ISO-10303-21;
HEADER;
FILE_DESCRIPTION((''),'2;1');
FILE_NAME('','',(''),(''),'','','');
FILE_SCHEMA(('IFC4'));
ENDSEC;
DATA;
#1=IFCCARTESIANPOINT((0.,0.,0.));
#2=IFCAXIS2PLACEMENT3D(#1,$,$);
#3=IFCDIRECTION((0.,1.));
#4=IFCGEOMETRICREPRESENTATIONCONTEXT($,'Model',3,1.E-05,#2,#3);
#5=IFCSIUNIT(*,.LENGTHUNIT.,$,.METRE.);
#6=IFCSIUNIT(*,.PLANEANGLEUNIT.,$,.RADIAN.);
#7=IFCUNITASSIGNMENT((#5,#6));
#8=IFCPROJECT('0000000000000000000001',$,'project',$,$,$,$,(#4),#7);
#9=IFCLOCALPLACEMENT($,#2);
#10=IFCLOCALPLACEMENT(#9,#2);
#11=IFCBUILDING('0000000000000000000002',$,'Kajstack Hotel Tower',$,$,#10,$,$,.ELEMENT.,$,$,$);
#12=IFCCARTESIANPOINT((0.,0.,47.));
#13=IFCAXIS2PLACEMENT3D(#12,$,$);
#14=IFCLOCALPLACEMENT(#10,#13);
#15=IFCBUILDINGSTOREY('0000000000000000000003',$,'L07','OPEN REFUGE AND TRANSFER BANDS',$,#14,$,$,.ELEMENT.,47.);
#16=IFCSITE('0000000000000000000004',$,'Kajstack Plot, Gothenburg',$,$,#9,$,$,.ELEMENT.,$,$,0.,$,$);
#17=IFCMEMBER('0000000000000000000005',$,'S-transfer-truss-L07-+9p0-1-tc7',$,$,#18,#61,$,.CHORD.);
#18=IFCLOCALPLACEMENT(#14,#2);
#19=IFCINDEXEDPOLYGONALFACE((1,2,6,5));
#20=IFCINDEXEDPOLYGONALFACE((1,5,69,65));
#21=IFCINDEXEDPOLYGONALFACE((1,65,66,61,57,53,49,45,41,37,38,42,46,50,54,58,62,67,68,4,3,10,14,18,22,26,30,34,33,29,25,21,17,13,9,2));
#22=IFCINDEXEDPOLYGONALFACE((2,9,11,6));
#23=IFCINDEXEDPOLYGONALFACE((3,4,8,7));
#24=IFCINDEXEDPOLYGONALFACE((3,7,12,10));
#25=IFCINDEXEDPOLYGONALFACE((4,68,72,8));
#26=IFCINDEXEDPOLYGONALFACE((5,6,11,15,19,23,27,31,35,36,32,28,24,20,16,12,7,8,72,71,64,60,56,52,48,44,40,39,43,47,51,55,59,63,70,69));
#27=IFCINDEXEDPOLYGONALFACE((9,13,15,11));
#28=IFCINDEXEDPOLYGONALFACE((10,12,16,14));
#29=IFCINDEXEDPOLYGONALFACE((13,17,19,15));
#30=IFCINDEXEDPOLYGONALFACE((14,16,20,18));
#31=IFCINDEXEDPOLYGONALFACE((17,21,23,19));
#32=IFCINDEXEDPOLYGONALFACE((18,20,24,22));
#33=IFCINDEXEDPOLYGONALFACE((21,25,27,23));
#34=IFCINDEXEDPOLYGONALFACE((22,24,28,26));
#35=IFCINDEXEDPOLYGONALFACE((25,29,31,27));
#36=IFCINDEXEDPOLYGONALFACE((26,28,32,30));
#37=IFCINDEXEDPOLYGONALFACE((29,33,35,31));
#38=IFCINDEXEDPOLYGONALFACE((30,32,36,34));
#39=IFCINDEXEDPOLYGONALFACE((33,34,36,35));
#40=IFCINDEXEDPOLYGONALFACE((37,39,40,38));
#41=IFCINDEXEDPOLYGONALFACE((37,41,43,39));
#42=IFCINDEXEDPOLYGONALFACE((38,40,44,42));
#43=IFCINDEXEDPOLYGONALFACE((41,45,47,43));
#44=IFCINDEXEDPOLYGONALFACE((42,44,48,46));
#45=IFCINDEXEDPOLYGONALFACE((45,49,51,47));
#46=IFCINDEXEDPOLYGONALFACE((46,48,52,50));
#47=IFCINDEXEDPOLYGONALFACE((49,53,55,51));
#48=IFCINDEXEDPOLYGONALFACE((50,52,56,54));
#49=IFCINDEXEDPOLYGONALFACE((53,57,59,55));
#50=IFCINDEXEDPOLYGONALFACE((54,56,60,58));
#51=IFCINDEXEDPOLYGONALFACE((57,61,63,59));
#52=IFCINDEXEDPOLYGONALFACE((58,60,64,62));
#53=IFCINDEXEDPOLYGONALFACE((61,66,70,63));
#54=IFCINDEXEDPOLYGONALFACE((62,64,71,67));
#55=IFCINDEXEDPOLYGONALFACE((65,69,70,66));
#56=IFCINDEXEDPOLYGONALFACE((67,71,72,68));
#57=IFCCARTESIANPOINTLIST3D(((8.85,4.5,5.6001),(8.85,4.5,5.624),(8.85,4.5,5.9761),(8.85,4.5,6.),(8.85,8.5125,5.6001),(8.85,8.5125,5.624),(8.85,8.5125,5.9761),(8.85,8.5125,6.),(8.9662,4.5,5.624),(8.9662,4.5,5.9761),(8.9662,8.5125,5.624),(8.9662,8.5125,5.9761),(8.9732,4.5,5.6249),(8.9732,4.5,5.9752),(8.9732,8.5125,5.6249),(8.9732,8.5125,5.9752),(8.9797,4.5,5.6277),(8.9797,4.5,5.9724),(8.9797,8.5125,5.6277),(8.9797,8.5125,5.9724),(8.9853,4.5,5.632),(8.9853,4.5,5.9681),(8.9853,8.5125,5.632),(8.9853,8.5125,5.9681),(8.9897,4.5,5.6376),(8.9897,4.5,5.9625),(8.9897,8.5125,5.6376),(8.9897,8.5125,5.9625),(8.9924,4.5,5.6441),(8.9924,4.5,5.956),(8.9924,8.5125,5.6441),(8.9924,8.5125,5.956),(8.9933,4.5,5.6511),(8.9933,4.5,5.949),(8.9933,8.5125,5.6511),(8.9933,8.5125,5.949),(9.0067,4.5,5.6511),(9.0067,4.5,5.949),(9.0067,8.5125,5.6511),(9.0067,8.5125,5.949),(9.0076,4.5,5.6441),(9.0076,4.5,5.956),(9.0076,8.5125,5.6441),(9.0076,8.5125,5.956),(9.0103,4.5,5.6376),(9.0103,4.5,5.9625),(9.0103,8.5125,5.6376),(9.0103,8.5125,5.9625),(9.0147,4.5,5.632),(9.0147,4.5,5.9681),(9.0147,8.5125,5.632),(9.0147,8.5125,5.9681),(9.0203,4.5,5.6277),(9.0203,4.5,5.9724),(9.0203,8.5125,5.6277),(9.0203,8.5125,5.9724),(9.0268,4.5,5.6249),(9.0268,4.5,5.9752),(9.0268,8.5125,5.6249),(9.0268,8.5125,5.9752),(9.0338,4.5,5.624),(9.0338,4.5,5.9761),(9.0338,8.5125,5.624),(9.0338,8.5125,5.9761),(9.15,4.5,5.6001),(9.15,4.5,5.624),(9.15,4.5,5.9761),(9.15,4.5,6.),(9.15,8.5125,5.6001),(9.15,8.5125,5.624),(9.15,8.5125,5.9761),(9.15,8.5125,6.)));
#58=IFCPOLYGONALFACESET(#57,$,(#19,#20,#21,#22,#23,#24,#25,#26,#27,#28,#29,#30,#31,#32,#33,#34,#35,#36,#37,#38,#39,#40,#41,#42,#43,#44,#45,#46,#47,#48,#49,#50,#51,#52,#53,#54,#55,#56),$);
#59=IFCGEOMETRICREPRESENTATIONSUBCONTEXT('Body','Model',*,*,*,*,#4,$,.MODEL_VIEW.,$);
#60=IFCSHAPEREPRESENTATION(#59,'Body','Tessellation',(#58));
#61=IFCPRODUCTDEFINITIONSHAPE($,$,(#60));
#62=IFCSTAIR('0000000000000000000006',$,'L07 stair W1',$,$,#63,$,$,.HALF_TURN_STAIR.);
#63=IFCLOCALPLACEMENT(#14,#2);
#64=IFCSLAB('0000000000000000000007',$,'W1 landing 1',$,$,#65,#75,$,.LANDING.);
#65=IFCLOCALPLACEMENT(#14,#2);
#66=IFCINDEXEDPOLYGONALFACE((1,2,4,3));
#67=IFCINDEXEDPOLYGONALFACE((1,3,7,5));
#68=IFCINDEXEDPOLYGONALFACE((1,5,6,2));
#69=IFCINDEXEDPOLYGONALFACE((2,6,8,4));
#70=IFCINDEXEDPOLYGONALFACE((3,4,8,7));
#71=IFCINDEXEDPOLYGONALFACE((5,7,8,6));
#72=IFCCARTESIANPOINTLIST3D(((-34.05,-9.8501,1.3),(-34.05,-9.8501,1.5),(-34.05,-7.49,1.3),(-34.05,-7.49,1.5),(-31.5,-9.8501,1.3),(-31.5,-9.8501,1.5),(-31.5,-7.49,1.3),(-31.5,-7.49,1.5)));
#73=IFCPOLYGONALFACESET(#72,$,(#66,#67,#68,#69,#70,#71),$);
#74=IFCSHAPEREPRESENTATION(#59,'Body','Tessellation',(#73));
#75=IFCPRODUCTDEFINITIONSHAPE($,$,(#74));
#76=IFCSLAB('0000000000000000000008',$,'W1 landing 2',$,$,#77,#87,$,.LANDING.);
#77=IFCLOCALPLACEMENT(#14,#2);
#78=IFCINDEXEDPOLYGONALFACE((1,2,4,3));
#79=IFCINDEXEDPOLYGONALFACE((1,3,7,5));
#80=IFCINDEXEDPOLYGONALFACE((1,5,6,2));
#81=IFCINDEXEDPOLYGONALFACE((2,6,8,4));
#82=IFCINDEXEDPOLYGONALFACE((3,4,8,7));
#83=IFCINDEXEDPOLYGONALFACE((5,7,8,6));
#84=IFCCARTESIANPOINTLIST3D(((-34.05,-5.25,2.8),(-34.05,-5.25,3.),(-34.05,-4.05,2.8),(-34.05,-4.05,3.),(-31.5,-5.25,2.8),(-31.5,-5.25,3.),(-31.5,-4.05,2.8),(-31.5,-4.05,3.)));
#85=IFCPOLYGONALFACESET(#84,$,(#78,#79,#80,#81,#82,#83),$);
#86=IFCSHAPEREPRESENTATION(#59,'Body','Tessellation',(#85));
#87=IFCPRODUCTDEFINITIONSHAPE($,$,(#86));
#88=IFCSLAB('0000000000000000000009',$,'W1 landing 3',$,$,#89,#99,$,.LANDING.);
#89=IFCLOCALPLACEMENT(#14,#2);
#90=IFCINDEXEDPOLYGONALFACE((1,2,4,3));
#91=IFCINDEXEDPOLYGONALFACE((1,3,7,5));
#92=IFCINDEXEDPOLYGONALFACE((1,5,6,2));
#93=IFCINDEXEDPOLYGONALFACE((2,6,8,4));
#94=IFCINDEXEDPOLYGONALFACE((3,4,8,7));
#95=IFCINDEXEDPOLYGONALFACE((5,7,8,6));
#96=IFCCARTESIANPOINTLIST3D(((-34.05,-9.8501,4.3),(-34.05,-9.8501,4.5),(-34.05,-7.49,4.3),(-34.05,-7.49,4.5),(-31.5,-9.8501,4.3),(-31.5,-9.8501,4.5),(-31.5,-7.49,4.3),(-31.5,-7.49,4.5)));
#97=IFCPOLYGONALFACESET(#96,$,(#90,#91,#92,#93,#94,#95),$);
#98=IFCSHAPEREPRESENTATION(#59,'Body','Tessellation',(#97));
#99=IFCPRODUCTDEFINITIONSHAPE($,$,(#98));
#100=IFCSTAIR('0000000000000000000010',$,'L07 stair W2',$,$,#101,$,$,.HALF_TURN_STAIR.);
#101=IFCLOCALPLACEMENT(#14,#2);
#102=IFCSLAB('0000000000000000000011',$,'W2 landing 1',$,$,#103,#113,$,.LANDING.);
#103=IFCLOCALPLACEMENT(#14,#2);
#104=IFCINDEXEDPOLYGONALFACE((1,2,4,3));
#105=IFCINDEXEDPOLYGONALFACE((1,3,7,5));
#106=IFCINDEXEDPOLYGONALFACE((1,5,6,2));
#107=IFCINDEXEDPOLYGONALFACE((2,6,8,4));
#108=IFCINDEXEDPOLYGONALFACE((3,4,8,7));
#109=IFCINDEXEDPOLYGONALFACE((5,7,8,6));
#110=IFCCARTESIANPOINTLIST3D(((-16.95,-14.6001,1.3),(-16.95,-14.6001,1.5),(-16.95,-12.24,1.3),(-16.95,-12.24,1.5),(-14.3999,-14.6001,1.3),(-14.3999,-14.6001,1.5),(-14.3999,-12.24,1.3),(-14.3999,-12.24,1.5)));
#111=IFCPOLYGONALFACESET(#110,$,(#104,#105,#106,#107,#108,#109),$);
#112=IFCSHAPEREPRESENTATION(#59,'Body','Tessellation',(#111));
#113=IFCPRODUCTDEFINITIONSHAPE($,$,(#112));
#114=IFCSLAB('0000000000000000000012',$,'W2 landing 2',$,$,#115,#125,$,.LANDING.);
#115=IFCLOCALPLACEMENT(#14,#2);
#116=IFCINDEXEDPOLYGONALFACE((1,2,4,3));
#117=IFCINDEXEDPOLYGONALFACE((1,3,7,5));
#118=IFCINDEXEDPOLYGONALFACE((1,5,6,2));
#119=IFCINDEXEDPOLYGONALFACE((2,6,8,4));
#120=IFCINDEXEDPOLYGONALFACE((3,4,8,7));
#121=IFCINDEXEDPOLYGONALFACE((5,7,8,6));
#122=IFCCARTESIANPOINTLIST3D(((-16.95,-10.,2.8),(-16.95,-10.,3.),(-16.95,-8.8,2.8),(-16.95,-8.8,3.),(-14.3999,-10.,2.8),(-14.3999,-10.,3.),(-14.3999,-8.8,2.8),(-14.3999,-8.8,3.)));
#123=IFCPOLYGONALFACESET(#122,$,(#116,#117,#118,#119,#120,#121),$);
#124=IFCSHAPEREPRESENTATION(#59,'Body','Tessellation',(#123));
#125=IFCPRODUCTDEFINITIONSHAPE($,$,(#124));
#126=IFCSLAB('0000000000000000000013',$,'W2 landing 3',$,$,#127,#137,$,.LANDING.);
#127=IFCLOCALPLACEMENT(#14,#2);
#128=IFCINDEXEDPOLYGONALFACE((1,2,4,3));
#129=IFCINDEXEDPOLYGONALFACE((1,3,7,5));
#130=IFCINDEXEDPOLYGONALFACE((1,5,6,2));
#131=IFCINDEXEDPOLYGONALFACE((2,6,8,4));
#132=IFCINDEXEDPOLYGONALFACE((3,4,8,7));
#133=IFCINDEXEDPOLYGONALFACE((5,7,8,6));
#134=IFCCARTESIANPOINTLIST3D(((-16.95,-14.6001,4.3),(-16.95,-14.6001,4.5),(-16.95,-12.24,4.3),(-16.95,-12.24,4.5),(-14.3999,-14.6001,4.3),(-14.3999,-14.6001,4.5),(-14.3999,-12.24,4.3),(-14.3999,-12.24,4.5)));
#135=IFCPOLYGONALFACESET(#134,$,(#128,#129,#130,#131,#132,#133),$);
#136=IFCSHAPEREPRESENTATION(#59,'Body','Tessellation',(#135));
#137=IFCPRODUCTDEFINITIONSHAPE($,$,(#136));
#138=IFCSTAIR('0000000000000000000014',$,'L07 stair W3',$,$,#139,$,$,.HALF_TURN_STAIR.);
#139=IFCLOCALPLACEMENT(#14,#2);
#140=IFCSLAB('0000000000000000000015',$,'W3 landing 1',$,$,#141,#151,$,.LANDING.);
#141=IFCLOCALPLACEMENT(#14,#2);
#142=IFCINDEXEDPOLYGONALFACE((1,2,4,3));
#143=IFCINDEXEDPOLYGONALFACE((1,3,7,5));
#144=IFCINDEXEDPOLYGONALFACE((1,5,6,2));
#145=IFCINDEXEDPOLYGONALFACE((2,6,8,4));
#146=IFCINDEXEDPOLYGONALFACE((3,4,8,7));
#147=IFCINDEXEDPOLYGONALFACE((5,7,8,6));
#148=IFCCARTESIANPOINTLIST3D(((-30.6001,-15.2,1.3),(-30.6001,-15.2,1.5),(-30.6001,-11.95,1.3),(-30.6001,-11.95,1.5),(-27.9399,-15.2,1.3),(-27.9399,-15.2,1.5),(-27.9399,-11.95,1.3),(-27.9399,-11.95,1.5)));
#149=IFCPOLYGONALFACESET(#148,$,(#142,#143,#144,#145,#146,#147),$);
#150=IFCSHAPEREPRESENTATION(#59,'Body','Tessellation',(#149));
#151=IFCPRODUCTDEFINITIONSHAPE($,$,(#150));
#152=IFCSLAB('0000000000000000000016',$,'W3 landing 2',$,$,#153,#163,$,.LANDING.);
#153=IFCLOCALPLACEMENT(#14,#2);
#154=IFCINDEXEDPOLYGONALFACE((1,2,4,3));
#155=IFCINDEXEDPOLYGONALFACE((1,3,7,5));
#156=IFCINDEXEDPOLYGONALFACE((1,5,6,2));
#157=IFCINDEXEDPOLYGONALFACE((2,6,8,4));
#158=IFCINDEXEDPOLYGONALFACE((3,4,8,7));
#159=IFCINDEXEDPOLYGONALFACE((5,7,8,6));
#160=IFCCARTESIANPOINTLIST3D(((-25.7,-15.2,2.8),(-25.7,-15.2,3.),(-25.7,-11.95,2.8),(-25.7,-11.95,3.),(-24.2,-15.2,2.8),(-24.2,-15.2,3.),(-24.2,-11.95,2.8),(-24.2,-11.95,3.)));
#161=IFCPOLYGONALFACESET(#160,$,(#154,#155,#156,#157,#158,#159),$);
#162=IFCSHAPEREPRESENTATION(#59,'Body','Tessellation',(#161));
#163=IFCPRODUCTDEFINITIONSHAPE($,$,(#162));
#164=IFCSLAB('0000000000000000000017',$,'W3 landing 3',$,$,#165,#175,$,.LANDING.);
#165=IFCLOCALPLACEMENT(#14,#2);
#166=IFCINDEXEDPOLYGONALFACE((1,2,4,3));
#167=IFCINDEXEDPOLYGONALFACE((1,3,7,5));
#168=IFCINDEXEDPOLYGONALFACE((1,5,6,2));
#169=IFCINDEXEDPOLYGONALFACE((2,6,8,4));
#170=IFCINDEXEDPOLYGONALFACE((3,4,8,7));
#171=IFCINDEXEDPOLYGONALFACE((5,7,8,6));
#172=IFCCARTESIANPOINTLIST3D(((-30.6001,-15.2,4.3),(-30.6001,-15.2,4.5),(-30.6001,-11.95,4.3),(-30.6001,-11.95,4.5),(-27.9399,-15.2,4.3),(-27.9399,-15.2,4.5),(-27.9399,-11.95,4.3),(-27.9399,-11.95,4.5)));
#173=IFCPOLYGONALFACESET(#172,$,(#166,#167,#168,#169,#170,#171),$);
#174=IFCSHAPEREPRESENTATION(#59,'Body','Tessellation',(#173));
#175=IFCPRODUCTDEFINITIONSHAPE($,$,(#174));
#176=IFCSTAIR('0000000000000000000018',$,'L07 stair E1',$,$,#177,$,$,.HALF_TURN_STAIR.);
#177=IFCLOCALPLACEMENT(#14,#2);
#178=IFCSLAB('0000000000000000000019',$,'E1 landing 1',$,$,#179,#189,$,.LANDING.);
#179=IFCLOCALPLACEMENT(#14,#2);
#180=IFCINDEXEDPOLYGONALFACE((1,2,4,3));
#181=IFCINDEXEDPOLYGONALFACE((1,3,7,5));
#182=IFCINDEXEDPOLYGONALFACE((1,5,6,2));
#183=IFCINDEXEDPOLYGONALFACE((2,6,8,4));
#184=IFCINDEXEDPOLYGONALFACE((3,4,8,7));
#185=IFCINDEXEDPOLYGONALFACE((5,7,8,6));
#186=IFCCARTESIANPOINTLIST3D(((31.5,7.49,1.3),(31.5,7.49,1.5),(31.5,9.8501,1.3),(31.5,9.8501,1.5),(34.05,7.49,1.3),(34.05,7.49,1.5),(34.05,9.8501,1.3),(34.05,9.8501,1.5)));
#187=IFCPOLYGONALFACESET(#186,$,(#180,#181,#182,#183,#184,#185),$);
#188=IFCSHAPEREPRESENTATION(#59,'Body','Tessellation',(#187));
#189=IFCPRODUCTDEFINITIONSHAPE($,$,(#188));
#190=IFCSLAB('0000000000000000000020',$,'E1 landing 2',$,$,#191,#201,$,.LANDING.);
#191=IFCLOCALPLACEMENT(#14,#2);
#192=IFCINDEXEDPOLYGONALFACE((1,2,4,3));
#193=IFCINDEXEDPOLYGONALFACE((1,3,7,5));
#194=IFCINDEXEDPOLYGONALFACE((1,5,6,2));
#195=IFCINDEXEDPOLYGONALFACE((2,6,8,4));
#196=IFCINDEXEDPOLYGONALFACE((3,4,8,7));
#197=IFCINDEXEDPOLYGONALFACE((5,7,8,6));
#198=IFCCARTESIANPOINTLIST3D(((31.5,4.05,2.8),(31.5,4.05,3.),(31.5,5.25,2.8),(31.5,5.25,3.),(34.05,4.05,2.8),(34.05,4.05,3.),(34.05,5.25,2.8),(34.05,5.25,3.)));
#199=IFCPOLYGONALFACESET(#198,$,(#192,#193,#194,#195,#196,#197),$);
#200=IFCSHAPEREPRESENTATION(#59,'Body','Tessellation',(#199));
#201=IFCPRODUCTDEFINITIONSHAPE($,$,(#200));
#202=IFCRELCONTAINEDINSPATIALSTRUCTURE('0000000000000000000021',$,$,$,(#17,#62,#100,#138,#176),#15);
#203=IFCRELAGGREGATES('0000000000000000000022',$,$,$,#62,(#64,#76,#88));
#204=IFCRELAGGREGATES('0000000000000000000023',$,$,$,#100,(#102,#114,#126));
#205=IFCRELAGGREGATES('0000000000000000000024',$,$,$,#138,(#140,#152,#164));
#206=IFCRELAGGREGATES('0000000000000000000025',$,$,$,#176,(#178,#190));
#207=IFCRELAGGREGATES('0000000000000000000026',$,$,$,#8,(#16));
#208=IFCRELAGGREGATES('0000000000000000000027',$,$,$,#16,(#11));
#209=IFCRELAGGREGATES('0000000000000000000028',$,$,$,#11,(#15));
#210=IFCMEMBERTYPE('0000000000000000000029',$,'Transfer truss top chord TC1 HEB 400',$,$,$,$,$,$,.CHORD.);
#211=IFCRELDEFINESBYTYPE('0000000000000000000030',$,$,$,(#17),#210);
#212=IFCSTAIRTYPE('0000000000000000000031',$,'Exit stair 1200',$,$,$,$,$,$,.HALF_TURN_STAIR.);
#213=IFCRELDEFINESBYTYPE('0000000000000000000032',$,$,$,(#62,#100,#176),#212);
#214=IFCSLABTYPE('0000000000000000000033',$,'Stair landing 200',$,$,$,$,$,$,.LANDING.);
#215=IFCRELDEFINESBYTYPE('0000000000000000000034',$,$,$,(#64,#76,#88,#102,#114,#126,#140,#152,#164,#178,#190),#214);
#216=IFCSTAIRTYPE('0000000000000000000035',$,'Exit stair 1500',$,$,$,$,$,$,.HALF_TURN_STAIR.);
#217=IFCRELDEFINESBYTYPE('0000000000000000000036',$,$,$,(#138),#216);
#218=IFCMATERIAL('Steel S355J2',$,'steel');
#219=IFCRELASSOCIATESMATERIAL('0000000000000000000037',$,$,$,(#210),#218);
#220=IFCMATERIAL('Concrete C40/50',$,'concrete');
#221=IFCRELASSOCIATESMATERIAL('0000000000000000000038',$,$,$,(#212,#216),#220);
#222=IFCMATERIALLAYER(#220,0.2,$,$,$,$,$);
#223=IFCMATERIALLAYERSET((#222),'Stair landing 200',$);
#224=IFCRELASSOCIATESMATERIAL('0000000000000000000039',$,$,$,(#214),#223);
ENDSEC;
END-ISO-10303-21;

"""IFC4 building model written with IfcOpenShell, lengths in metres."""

from ifc_helpers import new_model, si_unit, direction, frame, origin, origin_2d, place, context, subcontext, project, spatial, polyline, i_section, outline, extrude, material, layer, layer_set, material_profile, profile_set, type_object, element, aggregate, save


model = new_model("IFC4")

# Units and contexts
model_context = context("Model", 3, precision=1e-05, world=origin(), true_north=direction((0.0, 1.0)))
body_context = subcontext(model_context, "Body", "Model", "MODEL_VIEW")
ifc_project = project(units=[si_unit("LENGTHUNIT", "METRE"), si_unit("PLANEANGLEUNIT", "RADIAN")], contexts=[model_context])

# Site, building, storey
site_placement = place(None, origin())
site = spatial("IfcSite", under=ifc_project, at=site_placement, Name="Kajstack Plot, Gothenburg", CompositionType="ELEMENT", RefElevation=0.0)
building_placement = place(site_placement, origin())
building = spatial("IfcBuilding", under=site, at=building_placement, Name="Kajstack Hotel Tower", CompositionType="ELEMENT")
storey_placement = place(building_placement, frame((0.0, 0.0, 47.0)))
storey = spatial("IfcBuildingStorey", under=building, at=storey_placement, Name="L07", Description="OPEN REFUGE AND TRANSFER BANDS", CompositionType="ELEMENT", Elevation=47.0)

# Member
ifc_material_1 = material(Name="Steel S355J2", Category="steel")
ifc_material_profile = material_profile(ifc_material_1, i_section(OverallWidth=0.3, OverallDepth=0.3999, WebThickness=0.0134, FlangeThickness=0.0239, FilletRadius=0.0271, at=origin_2d()), Name="HEB 400")
ifc_profile_set = profile_set([ifc_material_profile], Name="Steel S355J2")
member_type = type_object("IfcMemberType", Name="Transfer truss top chord TC1 HEB 400", PredefinedType="CHORD", material=ifc_profile_set)
member_placement = place(storey_placement, frame((9.0, 4.5, 5.8), z_axis=(0.0, 1.0, 0.0), x_axis=(-1.0, 0.0, 0.0)))
element("IfcMember", 1, at=member_placement, inside=storey, type_object=member_type, Name="S-transfer-truss-L07-+9p0-1-tc7", PredefinedType="CHORD", context=body_context, shape_type="SweptSolid", body=[
    extrude(i_section(OverallWidth=0.3, OverallDepth=0.3999, WebThickness=0.0134, FlangeThickness=0.0239, FilletRadius=0.0271, at=origin_2d()), origin(), (0.0, 0.0, 1.0), 4.0125),
])

# Stairs, slabs
ifc_material_2 = material(Name="Concrete C40/50", Category="concrete")
stair_type_1 = type_object("IfcStairType", Name="Exit stair 1200", PredefinedType="HALF_TURN_STAIR", material=ifc_material_2)
stair_1_placement = place(storey_placement, origin())
stair_1 = element("IfcStair", 2, at=stair_1_placement, inside=storey, type_object=stair_type_1, Name="L07 stair W1", PredefinedType="HALF_TURN_STAIR")
ifc_layer_1 = layer(ifc_material_2, 0.2)
ifc_layer_set_1 = layer_set([ifc_layer_1], Name="Stair landing 200")
slab_type = type_object("IfcSlabType", Name="Stair landing 200", PredefinedType="LANDING", material=ifc_layer_set_1)
slab_1_placement = place(storey_placement, frame((0.0, 0.0, 1.3)))
slab_1 = element("IfcSlab", 3, at=slab_1_placement, type_object=slab_type, Name="W1 landing 1", PredefinedType="LANDING", context=body_context, shape_type="SweptSolid", body=[
    extrude(outline(polyline([(-34.05, -7.49), (-34.05, -9.8501), (-31.5, -9.8501), (-31.5, -7.49), (-34.05, -7.49)])), origin(), (0.0, 0.0, 1.0), 0.2),
])
slab_2_placement = place(storey_placement, frame((0.0, 0.0, 2.8)))
slab_2 = element("IfcSlab", 4, at=slab_2_placement, type_object=slab_type, Name="W1 landing 2", PredefinedType="LANDING", context=body_context, shape_type="SweptSolid", body=[
    extrude(outline(polyline([(-34.05, -4.05), (-34.05, -5.25), (-31.5, -5.25), (-31.5, -4.05), (-34.05, -4.05)])), origin(), (0.0, 0.0, 1.0), 0.2),
])
slab_3_placement = place(storey_placement, frame((0.0, 0.0, 4.3)))
slab_3 = element("IfcSlab", 5, at=slab_3_placement, type_object=slab_type, Name="W1 landing 3", PredefinedType="LANDING", context=body_context, shape_type="SweptSolid", body=[
    extrude(outline(polyline([(-34.05, -7.49), (-34.05, -9.8501), (-31.5, -9.8501), (-31.5, -7.49), (-34.05, -7.49)])), origin(), (0.0, 0.0, 1.0), 0.2),
])
aggregate(stair_1, [slab_1, slab_2, slab_3])
stair_2_placement = place(storey_placement, origin())
stair_2 = element("IfcStair", 6, at=stair_2_placement, inside=storey, type_object=stair_type_1, Name="L07 stair W2", PredefinedType="HALF_TURN_STAIR")
slab_4_placement = place(storey_placement, frame((0.0, 0.0, 1.3)))
slab_4 = element("IfcSlab", 7, at=slab_4_placement, type_object=slab_type, Name="W2 landing 1", PredefinedType="LANDING", context=body_context, shape_type="SweptSolid", body=[
    extrude(outline(polyline([(-16.95, -12.24), (-16.95, -14.6001), (-14.3999, -14.6001), (-14.3999, -12.24), (-16.95, -12.24)])), origin(), (0.0, 0.0, 1.0), 0.2),
])
slab_5_placement = place(storey_placement, frame((0.0, 0.0, 2.8)))
slab_5 = element("IfcSlab", 8, at=slab_5_placement, type_object=slab_type, Name="W2 landing 2", PredefinedType="LANDING", context=body_context, shape_type="SweptSolid", body=[
    extrude(outline(polyline([(-16.95, -8.8), (-16.95, -10.0), (-14.3999, -10.0), (-14.3999, -8.8), (-16.95, -8.8)])), origin(), (0.0, 0.0, 1.0), 0.2),
])
slab_6_placement = place(storey_placement, frame((0.0, 0.0, 4.3)))
slab_6 = element("IfcSlab", 9, at=slab_6_placement, type_object=slab_type, Name="W2 landing 3", PredefinedType="LANDING", context=body_context, shape_type="SweptSolid", body=[
    extrude(outline(polyline([(-16.95, -12.24), (-16.95, -14.6001), (-14.3999, -14.6001), (-14.3999, -12.24), (-16.95, -12.24)])), origin(), (0.0, 0.0, 1.0), 0.2),
])
aggregate(stair_2, [slab_4, slab_5, slab_6])
stair_type_2 = type_object("IfcStairType", Name="Exit stair 1500", PredefinedType="HALF_TURN_STAIR", material=ifc_material_2)
stair_3_placement = place(storey_placement, origin())
stair_3 = element("IfcStair", 10, at=stair_3_placement, inside=storey, type_object=stair_type_2, Name="L07 stair W3", PredefinedType="HALF_TURN_STAIR")
slab_7_placement = place(storey_placement, frame((0.0, 0.0, 1.3)))
slab_7 = element("IfcSlab", 11, at=slab_7_placement, type_object=slab_type, Name="W3 landing 1", PredefinedType="LANDING", context=body_context, shape_type="SweptSolid", body=[
    extrude(outline(polyline([(-27.9399, -11.95), (-30.6001, -11.95), (-30.6001, -15.2), (-27.9399, -15.2), (-27.9399, -11.95)])), origin(), (0.0, 0.0, 1.0), 0.2),
])
slab_8_placement = place(storey_placement, frame((0.0, 0.0, 2.8)))
slab_8 = element("IfcSlab", 12, at=slab_8_placement, type_object=slab_type, Name="W3 landing 2", PredefinedType="LANDING", context=body_context, shape_type="SweptSolid", body=[
    extrude(outline(polyline([(-24.2, -11.95), (-25.7, -11.95), (-25.7, -15.2), (-24.2, -15.2), (-24.2, -11.95)])), origin(), (0.0, 0.0, 1.0), 0.2),
])
slab_9_placement = place(storey_placement, frame((0.0, 0.0, 4.3)))
slab_9 = element("IfcSlab", 13, at=slab_9_placement, type_object=slab_type, Name="W3 landing 3", PredefinedType="LANDING", context=body_context, shape_type="SweptSolid", body=[
    extrude(outline(polyline([(-27.9399, -11.95), (-30.6001, -11.95), (-30.6001, -15.2), (-27.9399, -15.2), (-27.9399, -11.95)])), origin(), (0.0, 0.0, 1.0), 0.2),
])
aggregate(stair_3, [slab_7, slab_8, slab_9])
stair_4_placement = place(storey_placement, origin())
stair_4 = element("IfcStair", 14, at=stair_4_placement, inside=storey, type_object=stair_type_1, Name="L07 stair E1", PredefinedType="HALF_TURN_STAIR")
slab_10_placement = place(storey_placement, frame((0.0, 0.0, 1.3)))
slab_10 = element("IfcSlab", 15, at=slab_10_placement, type_object=slab_type, Name="E1 landing 1", PredefinedType="LANDING", context=body_context, shape_type="SweptSolid", body=[
    extrude(outline(polyline([(34.05, 7.49), (34.05, 9.8501), (31.5, 9.8501), (31.5, 7.49), (34.05, 7.49)])), origin(), (0.0, 0.0, 1.0), 0.2),
])
slab_11_placement = place(storey_placement, frame((0.0, 0.0, 2.8)))
slab_11 = element("IfcSlab", 16, at=slab_11_placement, type_object=slab_type, Name="E1 landing 2", PredefinedType="LANDING", context=body_context, shape_type="SweptSolid", body=[
    extrude(outline(polyline([(34.05, 4.05), (34.05, 5.25), (31.5, 5.25), (31.5, 4.05), (34.05, 4.05)])), origin(), (0.0, 0.0, 1.0), 0.2),
])
aggregate(stair_4, [slab_10, slab_11])

save(model, "model.ifc")
